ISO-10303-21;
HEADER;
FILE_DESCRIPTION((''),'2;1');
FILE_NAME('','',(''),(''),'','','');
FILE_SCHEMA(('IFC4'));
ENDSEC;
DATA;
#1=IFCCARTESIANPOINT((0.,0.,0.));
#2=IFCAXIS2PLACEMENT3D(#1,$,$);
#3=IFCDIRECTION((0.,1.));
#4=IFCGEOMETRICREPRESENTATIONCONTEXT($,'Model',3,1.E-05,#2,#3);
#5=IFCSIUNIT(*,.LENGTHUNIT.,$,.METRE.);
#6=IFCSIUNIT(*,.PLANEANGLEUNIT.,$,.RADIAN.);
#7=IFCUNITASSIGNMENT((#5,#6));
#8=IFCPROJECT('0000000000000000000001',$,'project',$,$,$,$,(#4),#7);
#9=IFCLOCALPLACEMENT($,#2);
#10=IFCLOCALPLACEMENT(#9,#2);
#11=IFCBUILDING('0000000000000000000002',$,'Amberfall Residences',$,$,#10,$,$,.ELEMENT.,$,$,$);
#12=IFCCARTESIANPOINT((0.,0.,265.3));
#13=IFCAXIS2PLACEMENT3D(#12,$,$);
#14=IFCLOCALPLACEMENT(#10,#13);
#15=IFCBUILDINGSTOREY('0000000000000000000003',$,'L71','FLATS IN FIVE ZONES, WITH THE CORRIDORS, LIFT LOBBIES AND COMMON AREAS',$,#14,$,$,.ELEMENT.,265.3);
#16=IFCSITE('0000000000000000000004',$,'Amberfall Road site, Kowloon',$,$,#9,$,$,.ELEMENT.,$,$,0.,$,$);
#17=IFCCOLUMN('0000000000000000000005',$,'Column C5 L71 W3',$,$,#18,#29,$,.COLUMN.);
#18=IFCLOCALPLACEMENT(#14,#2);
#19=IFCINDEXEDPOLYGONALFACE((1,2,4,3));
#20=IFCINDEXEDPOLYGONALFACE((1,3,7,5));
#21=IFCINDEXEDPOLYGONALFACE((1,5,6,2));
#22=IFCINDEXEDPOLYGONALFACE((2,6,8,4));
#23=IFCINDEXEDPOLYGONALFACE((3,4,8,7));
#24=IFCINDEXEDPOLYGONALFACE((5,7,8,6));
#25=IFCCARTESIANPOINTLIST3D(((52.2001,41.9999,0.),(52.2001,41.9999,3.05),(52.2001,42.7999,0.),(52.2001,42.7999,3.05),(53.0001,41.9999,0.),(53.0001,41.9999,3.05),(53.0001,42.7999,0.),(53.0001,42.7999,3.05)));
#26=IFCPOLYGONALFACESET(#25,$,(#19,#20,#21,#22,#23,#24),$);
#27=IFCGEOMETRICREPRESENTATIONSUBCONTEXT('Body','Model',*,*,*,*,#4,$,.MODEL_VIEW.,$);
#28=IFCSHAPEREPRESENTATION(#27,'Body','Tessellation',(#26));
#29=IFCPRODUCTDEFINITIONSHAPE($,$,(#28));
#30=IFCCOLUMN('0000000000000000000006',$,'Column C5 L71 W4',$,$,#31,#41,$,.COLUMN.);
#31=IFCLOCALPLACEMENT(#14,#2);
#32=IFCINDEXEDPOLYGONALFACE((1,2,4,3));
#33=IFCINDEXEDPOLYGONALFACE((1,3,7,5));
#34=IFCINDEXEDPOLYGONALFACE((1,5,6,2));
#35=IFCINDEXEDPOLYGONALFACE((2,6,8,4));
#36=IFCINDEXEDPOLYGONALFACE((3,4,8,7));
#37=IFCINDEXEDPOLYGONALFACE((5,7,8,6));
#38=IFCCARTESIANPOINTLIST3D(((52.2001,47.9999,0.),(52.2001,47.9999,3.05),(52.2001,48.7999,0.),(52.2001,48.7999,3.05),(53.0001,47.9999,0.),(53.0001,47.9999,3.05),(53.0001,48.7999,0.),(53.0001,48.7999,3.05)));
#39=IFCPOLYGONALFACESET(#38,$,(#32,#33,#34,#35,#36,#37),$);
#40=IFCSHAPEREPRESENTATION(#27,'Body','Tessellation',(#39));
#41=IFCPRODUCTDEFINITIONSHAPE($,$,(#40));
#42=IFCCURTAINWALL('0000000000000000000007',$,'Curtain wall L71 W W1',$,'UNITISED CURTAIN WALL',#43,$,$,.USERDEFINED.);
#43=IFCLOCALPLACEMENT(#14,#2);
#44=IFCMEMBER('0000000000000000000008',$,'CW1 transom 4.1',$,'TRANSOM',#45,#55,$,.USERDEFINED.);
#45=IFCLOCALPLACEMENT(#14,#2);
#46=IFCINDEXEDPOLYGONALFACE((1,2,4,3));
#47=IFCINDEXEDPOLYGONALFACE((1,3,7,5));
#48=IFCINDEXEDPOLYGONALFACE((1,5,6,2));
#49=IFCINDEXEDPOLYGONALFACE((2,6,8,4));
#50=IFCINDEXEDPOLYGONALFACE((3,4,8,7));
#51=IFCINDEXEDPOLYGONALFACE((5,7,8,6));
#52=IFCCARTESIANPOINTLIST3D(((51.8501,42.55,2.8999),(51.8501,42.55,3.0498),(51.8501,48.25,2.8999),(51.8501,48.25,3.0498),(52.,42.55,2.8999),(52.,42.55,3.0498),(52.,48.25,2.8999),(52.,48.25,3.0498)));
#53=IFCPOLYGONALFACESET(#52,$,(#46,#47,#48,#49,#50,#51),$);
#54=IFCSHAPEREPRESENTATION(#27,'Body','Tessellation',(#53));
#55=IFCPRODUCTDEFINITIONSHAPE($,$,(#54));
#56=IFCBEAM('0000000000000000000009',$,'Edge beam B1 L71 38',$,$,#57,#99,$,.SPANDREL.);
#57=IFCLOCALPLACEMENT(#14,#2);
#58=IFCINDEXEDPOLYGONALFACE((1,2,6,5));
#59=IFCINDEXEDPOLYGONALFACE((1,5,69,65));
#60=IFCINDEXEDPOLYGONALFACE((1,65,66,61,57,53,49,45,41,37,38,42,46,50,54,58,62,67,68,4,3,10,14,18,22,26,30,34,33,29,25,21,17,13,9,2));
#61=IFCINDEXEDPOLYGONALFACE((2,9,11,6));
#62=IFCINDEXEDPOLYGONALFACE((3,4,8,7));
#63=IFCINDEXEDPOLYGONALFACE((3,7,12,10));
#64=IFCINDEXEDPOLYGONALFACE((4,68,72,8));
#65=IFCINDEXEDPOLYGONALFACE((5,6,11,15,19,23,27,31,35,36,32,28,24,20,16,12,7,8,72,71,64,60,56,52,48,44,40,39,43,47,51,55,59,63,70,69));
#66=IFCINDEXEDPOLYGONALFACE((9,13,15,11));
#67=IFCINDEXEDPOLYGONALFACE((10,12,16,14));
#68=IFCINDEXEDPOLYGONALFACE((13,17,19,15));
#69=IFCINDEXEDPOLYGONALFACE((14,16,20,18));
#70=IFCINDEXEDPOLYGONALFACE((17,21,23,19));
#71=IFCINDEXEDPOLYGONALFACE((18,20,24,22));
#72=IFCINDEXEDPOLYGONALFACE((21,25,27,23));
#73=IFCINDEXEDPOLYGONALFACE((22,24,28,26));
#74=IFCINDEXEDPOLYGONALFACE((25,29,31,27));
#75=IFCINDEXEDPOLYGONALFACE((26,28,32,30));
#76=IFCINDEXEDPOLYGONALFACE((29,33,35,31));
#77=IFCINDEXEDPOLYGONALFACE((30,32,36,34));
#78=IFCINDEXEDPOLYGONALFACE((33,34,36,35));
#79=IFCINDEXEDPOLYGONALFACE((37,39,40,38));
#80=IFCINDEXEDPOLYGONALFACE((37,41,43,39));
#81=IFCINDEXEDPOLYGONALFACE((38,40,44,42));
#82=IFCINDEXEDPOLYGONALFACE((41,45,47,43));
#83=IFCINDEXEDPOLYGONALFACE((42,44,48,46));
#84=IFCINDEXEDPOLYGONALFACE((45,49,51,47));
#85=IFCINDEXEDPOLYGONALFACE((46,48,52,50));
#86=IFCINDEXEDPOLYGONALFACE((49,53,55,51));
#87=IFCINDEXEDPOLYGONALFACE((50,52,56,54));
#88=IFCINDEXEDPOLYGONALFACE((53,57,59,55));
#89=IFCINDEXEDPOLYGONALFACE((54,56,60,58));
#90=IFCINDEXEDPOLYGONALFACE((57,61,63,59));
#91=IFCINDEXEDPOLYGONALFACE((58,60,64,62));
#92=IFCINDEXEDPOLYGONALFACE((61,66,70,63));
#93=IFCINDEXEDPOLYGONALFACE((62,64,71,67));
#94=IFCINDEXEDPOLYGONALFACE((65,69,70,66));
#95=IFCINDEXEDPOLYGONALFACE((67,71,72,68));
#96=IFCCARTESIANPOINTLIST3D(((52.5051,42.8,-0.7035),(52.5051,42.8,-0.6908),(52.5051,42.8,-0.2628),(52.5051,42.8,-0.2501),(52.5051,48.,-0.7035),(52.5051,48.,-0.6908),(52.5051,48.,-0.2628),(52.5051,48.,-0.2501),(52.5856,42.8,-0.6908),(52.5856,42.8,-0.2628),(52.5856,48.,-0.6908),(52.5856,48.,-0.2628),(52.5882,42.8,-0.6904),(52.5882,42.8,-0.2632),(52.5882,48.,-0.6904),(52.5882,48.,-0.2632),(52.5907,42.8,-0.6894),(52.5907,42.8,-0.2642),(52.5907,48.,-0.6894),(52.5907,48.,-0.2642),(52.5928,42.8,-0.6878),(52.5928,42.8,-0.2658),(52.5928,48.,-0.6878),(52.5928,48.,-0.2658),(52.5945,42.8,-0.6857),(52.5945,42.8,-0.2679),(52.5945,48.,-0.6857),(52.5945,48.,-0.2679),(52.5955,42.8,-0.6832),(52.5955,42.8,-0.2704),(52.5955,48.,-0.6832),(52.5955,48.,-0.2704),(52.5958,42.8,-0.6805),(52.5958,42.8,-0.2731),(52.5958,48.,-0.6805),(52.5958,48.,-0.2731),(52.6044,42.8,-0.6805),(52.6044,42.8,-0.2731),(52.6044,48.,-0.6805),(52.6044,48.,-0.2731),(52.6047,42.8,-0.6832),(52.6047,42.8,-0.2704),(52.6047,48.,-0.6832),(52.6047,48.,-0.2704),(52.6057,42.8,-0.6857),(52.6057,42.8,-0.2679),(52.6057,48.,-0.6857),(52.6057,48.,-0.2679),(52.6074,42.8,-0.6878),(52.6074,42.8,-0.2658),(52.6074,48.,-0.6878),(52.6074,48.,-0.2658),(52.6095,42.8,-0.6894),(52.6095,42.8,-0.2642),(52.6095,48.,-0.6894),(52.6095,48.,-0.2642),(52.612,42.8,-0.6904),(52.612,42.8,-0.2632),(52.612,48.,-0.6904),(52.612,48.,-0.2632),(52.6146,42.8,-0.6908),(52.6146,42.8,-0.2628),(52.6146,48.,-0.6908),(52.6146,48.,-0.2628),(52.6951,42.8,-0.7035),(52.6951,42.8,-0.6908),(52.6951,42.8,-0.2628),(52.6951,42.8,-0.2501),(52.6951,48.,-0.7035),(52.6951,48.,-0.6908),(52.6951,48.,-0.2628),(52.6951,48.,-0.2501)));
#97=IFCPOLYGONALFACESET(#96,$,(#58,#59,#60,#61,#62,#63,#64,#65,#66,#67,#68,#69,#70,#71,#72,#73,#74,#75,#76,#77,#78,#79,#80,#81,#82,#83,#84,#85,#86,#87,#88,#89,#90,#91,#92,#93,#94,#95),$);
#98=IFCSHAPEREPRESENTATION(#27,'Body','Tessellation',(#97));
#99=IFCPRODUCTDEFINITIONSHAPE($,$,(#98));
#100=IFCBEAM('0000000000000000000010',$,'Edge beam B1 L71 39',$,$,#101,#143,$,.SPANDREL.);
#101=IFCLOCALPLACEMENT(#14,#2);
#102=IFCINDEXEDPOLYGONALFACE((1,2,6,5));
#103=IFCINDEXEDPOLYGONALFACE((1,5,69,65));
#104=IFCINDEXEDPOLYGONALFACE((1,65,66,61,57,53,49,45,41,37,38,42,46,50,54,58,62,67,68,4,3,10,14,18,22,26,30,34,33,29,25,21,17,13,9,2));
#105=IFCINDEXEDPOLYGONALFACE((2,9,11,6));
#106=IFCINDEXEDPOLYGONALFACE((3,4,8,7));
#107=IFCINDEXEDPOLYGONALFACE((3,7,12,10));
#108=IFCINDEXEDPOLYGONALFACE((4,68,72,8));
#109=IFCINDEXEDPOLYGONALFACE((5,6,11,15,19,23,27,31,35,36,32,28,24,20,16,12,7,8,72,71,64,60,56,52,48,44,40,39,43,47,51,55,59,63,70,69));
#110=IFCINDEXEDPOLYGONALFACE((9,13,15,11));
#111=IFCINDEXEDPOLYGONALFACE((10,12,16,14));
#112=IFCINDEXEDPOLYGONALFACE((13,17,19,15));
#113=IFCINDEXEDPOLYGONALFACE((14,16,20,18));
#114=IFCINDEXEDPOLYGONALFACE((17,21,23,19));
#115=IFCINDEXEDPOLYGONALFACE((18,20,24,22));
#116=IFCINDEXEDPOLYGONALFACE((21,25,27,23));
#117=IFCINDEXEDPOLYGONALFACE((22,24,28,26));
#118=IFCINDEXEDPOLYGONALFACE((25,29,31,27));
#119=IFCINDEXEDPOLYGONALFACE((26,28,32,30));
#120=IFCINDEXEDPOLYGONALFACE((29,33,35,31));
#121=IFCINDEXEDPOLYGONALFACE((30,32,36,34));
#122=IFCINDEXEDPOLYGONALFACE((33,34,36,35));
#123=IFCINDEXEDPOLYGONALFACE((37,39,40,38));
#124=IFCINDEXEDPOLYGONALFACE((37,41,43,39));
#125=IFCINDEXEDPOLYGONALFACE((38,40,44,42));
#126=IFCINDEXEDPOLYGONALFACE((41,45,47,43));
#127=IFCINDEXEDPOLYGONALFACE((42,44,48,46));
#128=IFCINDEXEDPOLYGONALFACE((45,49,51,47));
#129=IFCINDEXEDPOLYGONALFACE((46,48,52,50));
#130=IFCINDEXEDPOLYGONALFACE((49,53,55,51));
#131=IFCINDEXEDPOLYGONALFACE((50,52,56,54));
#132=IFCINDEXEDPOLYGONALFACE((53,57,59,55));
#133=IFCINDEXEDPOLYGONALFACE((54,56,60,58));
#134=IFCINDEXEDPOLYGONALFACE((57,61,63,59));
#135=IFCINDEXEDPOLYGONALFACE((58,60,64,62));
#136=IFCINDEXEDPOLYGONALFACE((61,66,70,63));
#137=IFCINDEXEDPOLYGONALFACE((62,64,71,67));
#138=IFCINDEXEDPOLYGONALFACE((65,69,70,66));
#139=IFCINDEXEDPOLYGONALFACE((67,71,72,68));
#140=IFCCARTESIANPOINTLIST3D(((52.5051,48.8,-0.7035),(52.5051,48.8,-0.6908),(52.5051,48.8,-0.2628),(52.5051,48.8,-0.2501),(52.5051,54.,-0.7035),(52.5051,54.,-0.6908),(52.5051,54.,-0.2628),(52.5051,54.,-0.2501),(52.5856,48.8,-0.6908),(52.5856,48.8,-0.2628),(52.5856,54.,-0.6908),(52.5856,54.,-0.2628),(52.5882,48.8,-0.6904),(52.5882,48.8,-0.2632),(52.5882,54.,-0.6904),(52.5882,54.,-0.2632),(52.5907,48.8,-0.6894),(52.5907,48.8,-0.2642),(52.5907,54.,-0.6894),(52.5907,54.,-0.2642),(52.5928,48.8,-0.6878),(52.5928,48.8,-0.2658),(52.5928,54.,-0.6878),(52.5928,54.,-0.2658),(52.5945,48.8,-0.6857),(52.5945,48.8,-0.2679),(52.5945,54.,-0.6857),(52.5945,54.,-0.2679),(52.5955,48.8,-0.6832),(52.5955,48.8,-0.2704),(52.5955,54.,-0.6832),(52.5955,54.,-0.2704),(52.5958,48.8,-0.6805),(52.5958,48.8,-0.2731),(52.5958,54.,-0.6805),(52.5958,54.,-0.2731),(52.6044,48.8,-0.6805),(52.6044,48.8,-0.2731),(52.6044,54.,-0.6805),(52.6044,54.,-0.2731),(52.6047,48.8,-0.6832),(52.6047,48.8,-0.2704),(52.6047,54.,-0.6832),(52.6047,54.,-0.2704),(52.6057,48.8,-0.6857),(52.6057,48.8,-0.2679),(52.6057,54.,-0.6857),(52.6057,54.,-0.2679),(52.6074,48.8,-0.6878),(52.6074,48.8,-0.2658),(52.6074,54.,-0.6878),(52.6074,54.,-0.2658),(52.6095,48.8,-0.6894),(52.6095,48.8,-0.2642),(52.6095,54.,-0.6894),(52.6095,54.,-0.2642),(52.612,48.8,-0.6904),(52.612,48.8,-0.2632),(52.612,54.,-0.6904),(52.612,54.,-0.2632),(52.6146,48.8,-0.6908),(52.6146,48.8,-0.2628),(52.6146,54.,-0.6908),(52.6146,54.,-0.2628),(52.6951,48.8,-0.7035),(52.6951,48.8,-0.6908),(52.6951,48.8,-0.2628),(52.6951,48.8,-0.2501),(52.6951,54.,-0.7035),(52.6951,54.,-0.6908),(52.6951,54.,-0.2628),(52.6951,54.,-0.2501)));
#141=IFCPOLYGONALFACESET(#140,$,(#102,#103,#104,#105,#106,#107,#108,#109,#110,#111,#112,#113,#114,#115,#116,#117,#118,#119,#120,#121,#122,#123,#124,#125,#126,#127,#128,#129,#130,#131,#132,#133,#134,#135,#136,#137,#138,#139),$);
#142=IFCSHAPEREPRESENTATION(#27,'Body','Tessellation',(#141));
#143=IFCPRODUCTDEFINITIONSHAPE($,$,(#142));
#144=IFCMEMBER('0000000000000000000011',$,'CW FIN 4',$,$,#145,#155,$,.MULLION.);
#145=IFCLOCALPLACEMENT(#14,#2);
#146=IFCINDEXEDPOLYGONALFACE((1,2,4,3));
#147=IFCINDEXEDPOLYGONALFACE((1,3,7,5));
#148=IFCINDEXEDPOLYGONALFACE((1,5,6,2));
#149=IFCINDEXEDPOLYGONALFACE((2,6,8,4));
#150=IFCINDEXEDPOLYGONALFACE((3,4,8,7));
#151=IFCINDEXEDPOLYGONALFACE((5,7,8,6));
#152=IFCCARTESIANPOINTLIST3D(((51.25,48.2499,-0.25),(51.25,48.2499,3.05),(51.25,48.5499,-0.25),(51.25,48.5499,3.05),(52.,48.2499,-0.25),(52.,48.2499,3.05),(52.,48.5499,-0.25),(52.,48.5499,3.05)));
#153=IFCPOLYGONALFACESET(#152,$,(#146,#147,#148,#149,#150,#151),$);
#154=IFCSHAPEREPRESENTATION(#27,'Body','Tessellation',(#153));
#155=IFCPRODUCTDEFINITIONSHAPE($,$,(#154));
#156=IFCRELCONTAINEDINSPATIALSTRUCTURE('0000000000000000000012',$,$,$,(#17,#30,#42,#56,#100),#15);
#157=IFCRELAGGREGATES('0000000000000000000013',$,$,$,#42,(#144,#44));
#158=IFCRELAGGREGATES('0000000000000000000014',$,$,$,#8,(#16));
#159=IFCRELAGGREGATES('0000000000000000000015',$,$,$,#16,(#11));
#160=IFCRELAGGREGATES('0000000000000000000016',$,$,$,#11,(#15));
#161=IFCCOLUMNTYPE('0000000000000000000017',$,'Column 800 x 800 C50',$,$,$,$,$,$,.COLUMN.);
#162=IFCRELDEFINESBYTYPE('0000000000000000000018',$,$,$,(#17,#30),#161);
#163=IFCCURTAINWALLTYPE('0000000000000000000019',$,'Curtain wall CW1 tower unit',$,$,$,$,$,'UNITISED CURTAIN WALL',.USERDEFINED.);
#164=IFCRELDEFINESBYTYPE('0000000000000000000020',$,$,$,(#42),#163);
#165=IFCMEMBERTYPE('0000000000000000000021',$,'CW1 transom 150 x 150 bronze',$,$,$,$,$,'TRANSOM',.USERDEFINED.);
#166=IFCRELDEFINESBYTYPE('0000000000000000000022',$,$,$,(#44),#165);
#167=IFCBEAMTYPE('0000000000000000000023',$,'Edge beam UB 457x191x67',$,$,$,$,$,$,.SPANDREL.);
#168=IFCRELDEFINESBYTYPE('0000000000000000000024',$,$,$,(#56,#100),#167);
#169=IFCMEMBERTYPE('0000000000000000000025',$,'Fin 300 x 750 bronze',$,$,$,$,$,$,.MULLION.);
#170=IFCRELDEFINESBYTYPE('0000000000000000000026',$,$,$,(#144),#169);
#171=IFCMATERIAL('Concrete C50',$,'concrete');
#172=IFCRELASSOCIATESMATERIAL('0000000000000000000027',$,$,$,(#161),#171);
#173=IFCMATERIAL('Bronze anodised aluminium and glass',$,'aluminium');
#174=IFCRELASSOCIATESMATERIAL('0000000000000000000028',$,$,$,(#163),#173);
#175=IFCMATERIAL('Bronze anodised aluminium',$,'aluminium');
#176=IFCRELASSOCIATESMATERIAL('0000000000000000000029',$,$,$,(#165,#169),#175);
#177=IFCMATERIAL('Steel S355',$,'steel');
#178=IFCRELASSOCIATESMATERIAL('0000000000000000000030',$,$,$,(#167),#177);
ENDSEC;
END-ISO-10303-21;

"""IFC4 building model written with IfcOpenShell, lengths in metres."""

from ifc_helpers import new_model, si_unit, direction, frame, origin, origin_2d, place, context, subcontext, project, spatial, rectangle, i_section, extrude, material, material_profile, profile_set, type_object, element, aggregate, save


model = new_model("IFC4")

# Units and contexts
model_context = context("Model", 3, precision=1e-05, world=origin(), true_north=direction((0.0, 1.0)))
body_context = subcontext(model_context, "Body", "Model", "MODEL_VIEW")
ifc_project = project(units=[si_unit("LENGTHUNIT", "METRE"), si_unit("PLANEANGLEUNIT", "RADIAN")], contexts=[model_context])

# Site, building, storey
site_placement = place(None, origin())
site = spatial("IfcSite", under=ifc_project, at=site_placement, Name="Amberfall Road site, Kowloon", CompositionType="ELEMENT", RefElevation=0.0)
building_placement = place(site_placement, origin())
building = spatial("IfcBuilding", under=site, at=building_placement, Name="Amberfall Residences", CompositionType="ELEMENT")
storey_placement = place(building_placement, frame((0.0, 0.0, 265.3)))
storey = spatial("IfcBuildingStorey", under=building, at=storey_placement, Name="L71", Description="FLATS IN FIVE ZONES, WITH THE CORRIDORS, LIFT LOBBIES AND COMMON AREAS", CompositionType="ELEMENT", Elevation=265.3)

# Columns
ifc_material_1 = material(Name="Concrete C50", Category="concrete")
ifc_material_profile_1 = material_profile(ifc_material_1, rectangle(XDim=0.8, YDim=0.8, at=origin_2d()), Name="Column 800 x 800 C50")
ifc_profile_set_1 = profile_set([ifc_material_profile_1], Name="Concrete C50")
column_type = type_object("IfcColumnType", Name="Column 800 x 800 C50", PredefinedType="COLUMN", material=ifc_profile_set_1)
for number, where, z_axis, x_axis, name in (
    (1, (52.6001, 42.3999, 0.0), (0.0, 0.0, 1.0), (1.0, 0.0, 0.0), "Column C5 L71 W3"),
    (2, (52.6001, 48.3999, 0.0), (0.0, 0.0, 1.0), (1.0, 0.0, 0.0), "Column C5 L71 W4"),
):
    element("IfcColumn", number, at=place(storey_placement, frame(where, z_axis=z_axis, x_axis=x_axis)), inside=storey, type_object=column_type, Name=name, PredefinedType="COLUMN", context=body_context, shape_type="SweptSolid", body=[
        extrude(rectangle(XDim=0.8, YDim=0.8, at=origin_2d()), origin(), (0.0, 0.0, 1.0), 3.05),
    ])

# Curtain wall, member
ifc_material_2 = material(Name="Bronze anodised aluminium and glass", Category="aluminium")
curtain_wall_type = type_object("IfcCurtainWallType", Name="Curtain wall CW1 tower unit", ElementType="UNITISED CURTAIN WALL", PredefinedType="USERDEFINED", material=ifc_material_2)
curtain_wall_placement = place(storey_placement, origin())
curtain_wall = element("IfcCurtainWall", 3, at=curtain_wall_placement, inside=storey, type_object=curtain_wall_type, Name="Curtain wall L71 W W1", ObjectType="UNITISED CURTAIN WALL", PredefinedType="USERDEFINED")
ifc_material_3 = material(Name="Bronze anodised aluminium", Category="aluminium")
ifc_material_profile_2 = material_profile(ifc_material_3, rectangle(XDim=0.1499, YDim=0.1499, at=origin_2d()), Name="CW1 transom 150 x 150 bronze")
ifc_profile_set_2 = profile_set([ifc_material_profile_2], Name="Bronze anodised aluminium")
member_type_1 = type_object("IfcMemberType", Name="CW1 transom 150 x 150 bronze", ElementType="TRANSOM", PredefinedType="USERDEFINED", material=ifc_profile_set_2)
member_1_placement = place(storey_placement, frame((51.925, 48.25, 2.9749), z_axis=(0.0, -1.0, 0.0), x_axis=(1.0, 0.0, 0.0)))
member_1 = element("IfcMember", 4, at=member_1_placement, type_object=member_type_1, Name="CW1 transom 4.1", ObjectType="TRANSOM", PredefinedType="USERDEFINED", context=body_context, shape_type="SweptSolid", body=[
    extrude(rectangle(XDim=0.1499, YDim=0.1499, at=origin_2d()), origin(), (0.0, 0.0, 1.0), 5.7),
])

# Beams
ifc_material_4 = material(Name="Steel S355", Category="steel")
ifc_material_profile_3 = material_profile(ifc_material_4, i_section(OverallWidth=0.1899, OverallDepth=0.4534, WebThickness=0.0085, FlangeThickness=0.0127, FilletRadius=0.0103, at=origin_2d()), Name="UB 457x191x67")
ifc_profile_set_3 = profile_set([ifc_material_profile_3], Name="Steel S355")
beam_type_1 = type_object("IfcBeamType", Name="Edge beam UB 457x191x67", PredefinedType="SPANDREL", material=ifc_profile_set_3)
for number, where, z_axis, x_axis, name in (
    (5, (52.6001, 42.8, -0.4768), (0.0, 1.0, 0.0), (-1.0, 0.0, 0.0), "Edge beam B1 L71 38"),
    (6, (52.6001, 48.8, -0.4768), (0.0, 1.0, 0.0), (-1.0, 0.0, 0.0), "Edge beam B1 L71 39"),
):
    element("IfcBeam", number, at=place(storey_placement, frame(where, z_axis=z_axis, x_axis=x_axis)), inside=storey, type_object=beam_type_1, Name=name, PredefinedType="SPANDREL", context=body_context, shape_type="SweptSolid", body=[
        extrude(i_section(OverallWidth=0.1899, OverallDepth=0.4534, WebThickness=0.0085, FlangeThickness=0.0127, FilletRadius=0.0103, at=origin_2d()), origin(), (0.0, 0.0, 1.0), 5.2),
    ])

# Member
ifc_material_profile_4 = material_profile(ifc_material_3, rectangle(XDim=0.75, YDim=0.3, at=origin_2d()), Name="Fin 300 x 750 bronze")
ifc_profile_set_4 = profile_set([ifc_material_profile_4], Name="Bronze anodised aluminium")
member_type_2 = type_object("IfcMemberType", Name="Fin 300 x 750 bronze", PredefinedType="MULLION", material=ifc_profile_set_4)
member_2_placement = place(storey_placement, frame((51.625, 48.3999, -0.25), z_axis=(0.0, 0.0, 1.0), x_axis=(1.0, 0.0, 0.0)))
member_2 = element("IfcMember", 7, at=member_2_placement, type_object=member_type_2, Name="CW FIN 4", PredefinedType="MULLION", context=body_context, shape_type="SweptSolid", body=[
    extrude(rectangle(XDim=0.75, YDim=0.3, at=origin_2d()), origin(), (0.0, 0.0, 1.0), 3.3),
])

aggregate(curtain_wall, [member_2, member_1])

save(model, "model.ifc")
